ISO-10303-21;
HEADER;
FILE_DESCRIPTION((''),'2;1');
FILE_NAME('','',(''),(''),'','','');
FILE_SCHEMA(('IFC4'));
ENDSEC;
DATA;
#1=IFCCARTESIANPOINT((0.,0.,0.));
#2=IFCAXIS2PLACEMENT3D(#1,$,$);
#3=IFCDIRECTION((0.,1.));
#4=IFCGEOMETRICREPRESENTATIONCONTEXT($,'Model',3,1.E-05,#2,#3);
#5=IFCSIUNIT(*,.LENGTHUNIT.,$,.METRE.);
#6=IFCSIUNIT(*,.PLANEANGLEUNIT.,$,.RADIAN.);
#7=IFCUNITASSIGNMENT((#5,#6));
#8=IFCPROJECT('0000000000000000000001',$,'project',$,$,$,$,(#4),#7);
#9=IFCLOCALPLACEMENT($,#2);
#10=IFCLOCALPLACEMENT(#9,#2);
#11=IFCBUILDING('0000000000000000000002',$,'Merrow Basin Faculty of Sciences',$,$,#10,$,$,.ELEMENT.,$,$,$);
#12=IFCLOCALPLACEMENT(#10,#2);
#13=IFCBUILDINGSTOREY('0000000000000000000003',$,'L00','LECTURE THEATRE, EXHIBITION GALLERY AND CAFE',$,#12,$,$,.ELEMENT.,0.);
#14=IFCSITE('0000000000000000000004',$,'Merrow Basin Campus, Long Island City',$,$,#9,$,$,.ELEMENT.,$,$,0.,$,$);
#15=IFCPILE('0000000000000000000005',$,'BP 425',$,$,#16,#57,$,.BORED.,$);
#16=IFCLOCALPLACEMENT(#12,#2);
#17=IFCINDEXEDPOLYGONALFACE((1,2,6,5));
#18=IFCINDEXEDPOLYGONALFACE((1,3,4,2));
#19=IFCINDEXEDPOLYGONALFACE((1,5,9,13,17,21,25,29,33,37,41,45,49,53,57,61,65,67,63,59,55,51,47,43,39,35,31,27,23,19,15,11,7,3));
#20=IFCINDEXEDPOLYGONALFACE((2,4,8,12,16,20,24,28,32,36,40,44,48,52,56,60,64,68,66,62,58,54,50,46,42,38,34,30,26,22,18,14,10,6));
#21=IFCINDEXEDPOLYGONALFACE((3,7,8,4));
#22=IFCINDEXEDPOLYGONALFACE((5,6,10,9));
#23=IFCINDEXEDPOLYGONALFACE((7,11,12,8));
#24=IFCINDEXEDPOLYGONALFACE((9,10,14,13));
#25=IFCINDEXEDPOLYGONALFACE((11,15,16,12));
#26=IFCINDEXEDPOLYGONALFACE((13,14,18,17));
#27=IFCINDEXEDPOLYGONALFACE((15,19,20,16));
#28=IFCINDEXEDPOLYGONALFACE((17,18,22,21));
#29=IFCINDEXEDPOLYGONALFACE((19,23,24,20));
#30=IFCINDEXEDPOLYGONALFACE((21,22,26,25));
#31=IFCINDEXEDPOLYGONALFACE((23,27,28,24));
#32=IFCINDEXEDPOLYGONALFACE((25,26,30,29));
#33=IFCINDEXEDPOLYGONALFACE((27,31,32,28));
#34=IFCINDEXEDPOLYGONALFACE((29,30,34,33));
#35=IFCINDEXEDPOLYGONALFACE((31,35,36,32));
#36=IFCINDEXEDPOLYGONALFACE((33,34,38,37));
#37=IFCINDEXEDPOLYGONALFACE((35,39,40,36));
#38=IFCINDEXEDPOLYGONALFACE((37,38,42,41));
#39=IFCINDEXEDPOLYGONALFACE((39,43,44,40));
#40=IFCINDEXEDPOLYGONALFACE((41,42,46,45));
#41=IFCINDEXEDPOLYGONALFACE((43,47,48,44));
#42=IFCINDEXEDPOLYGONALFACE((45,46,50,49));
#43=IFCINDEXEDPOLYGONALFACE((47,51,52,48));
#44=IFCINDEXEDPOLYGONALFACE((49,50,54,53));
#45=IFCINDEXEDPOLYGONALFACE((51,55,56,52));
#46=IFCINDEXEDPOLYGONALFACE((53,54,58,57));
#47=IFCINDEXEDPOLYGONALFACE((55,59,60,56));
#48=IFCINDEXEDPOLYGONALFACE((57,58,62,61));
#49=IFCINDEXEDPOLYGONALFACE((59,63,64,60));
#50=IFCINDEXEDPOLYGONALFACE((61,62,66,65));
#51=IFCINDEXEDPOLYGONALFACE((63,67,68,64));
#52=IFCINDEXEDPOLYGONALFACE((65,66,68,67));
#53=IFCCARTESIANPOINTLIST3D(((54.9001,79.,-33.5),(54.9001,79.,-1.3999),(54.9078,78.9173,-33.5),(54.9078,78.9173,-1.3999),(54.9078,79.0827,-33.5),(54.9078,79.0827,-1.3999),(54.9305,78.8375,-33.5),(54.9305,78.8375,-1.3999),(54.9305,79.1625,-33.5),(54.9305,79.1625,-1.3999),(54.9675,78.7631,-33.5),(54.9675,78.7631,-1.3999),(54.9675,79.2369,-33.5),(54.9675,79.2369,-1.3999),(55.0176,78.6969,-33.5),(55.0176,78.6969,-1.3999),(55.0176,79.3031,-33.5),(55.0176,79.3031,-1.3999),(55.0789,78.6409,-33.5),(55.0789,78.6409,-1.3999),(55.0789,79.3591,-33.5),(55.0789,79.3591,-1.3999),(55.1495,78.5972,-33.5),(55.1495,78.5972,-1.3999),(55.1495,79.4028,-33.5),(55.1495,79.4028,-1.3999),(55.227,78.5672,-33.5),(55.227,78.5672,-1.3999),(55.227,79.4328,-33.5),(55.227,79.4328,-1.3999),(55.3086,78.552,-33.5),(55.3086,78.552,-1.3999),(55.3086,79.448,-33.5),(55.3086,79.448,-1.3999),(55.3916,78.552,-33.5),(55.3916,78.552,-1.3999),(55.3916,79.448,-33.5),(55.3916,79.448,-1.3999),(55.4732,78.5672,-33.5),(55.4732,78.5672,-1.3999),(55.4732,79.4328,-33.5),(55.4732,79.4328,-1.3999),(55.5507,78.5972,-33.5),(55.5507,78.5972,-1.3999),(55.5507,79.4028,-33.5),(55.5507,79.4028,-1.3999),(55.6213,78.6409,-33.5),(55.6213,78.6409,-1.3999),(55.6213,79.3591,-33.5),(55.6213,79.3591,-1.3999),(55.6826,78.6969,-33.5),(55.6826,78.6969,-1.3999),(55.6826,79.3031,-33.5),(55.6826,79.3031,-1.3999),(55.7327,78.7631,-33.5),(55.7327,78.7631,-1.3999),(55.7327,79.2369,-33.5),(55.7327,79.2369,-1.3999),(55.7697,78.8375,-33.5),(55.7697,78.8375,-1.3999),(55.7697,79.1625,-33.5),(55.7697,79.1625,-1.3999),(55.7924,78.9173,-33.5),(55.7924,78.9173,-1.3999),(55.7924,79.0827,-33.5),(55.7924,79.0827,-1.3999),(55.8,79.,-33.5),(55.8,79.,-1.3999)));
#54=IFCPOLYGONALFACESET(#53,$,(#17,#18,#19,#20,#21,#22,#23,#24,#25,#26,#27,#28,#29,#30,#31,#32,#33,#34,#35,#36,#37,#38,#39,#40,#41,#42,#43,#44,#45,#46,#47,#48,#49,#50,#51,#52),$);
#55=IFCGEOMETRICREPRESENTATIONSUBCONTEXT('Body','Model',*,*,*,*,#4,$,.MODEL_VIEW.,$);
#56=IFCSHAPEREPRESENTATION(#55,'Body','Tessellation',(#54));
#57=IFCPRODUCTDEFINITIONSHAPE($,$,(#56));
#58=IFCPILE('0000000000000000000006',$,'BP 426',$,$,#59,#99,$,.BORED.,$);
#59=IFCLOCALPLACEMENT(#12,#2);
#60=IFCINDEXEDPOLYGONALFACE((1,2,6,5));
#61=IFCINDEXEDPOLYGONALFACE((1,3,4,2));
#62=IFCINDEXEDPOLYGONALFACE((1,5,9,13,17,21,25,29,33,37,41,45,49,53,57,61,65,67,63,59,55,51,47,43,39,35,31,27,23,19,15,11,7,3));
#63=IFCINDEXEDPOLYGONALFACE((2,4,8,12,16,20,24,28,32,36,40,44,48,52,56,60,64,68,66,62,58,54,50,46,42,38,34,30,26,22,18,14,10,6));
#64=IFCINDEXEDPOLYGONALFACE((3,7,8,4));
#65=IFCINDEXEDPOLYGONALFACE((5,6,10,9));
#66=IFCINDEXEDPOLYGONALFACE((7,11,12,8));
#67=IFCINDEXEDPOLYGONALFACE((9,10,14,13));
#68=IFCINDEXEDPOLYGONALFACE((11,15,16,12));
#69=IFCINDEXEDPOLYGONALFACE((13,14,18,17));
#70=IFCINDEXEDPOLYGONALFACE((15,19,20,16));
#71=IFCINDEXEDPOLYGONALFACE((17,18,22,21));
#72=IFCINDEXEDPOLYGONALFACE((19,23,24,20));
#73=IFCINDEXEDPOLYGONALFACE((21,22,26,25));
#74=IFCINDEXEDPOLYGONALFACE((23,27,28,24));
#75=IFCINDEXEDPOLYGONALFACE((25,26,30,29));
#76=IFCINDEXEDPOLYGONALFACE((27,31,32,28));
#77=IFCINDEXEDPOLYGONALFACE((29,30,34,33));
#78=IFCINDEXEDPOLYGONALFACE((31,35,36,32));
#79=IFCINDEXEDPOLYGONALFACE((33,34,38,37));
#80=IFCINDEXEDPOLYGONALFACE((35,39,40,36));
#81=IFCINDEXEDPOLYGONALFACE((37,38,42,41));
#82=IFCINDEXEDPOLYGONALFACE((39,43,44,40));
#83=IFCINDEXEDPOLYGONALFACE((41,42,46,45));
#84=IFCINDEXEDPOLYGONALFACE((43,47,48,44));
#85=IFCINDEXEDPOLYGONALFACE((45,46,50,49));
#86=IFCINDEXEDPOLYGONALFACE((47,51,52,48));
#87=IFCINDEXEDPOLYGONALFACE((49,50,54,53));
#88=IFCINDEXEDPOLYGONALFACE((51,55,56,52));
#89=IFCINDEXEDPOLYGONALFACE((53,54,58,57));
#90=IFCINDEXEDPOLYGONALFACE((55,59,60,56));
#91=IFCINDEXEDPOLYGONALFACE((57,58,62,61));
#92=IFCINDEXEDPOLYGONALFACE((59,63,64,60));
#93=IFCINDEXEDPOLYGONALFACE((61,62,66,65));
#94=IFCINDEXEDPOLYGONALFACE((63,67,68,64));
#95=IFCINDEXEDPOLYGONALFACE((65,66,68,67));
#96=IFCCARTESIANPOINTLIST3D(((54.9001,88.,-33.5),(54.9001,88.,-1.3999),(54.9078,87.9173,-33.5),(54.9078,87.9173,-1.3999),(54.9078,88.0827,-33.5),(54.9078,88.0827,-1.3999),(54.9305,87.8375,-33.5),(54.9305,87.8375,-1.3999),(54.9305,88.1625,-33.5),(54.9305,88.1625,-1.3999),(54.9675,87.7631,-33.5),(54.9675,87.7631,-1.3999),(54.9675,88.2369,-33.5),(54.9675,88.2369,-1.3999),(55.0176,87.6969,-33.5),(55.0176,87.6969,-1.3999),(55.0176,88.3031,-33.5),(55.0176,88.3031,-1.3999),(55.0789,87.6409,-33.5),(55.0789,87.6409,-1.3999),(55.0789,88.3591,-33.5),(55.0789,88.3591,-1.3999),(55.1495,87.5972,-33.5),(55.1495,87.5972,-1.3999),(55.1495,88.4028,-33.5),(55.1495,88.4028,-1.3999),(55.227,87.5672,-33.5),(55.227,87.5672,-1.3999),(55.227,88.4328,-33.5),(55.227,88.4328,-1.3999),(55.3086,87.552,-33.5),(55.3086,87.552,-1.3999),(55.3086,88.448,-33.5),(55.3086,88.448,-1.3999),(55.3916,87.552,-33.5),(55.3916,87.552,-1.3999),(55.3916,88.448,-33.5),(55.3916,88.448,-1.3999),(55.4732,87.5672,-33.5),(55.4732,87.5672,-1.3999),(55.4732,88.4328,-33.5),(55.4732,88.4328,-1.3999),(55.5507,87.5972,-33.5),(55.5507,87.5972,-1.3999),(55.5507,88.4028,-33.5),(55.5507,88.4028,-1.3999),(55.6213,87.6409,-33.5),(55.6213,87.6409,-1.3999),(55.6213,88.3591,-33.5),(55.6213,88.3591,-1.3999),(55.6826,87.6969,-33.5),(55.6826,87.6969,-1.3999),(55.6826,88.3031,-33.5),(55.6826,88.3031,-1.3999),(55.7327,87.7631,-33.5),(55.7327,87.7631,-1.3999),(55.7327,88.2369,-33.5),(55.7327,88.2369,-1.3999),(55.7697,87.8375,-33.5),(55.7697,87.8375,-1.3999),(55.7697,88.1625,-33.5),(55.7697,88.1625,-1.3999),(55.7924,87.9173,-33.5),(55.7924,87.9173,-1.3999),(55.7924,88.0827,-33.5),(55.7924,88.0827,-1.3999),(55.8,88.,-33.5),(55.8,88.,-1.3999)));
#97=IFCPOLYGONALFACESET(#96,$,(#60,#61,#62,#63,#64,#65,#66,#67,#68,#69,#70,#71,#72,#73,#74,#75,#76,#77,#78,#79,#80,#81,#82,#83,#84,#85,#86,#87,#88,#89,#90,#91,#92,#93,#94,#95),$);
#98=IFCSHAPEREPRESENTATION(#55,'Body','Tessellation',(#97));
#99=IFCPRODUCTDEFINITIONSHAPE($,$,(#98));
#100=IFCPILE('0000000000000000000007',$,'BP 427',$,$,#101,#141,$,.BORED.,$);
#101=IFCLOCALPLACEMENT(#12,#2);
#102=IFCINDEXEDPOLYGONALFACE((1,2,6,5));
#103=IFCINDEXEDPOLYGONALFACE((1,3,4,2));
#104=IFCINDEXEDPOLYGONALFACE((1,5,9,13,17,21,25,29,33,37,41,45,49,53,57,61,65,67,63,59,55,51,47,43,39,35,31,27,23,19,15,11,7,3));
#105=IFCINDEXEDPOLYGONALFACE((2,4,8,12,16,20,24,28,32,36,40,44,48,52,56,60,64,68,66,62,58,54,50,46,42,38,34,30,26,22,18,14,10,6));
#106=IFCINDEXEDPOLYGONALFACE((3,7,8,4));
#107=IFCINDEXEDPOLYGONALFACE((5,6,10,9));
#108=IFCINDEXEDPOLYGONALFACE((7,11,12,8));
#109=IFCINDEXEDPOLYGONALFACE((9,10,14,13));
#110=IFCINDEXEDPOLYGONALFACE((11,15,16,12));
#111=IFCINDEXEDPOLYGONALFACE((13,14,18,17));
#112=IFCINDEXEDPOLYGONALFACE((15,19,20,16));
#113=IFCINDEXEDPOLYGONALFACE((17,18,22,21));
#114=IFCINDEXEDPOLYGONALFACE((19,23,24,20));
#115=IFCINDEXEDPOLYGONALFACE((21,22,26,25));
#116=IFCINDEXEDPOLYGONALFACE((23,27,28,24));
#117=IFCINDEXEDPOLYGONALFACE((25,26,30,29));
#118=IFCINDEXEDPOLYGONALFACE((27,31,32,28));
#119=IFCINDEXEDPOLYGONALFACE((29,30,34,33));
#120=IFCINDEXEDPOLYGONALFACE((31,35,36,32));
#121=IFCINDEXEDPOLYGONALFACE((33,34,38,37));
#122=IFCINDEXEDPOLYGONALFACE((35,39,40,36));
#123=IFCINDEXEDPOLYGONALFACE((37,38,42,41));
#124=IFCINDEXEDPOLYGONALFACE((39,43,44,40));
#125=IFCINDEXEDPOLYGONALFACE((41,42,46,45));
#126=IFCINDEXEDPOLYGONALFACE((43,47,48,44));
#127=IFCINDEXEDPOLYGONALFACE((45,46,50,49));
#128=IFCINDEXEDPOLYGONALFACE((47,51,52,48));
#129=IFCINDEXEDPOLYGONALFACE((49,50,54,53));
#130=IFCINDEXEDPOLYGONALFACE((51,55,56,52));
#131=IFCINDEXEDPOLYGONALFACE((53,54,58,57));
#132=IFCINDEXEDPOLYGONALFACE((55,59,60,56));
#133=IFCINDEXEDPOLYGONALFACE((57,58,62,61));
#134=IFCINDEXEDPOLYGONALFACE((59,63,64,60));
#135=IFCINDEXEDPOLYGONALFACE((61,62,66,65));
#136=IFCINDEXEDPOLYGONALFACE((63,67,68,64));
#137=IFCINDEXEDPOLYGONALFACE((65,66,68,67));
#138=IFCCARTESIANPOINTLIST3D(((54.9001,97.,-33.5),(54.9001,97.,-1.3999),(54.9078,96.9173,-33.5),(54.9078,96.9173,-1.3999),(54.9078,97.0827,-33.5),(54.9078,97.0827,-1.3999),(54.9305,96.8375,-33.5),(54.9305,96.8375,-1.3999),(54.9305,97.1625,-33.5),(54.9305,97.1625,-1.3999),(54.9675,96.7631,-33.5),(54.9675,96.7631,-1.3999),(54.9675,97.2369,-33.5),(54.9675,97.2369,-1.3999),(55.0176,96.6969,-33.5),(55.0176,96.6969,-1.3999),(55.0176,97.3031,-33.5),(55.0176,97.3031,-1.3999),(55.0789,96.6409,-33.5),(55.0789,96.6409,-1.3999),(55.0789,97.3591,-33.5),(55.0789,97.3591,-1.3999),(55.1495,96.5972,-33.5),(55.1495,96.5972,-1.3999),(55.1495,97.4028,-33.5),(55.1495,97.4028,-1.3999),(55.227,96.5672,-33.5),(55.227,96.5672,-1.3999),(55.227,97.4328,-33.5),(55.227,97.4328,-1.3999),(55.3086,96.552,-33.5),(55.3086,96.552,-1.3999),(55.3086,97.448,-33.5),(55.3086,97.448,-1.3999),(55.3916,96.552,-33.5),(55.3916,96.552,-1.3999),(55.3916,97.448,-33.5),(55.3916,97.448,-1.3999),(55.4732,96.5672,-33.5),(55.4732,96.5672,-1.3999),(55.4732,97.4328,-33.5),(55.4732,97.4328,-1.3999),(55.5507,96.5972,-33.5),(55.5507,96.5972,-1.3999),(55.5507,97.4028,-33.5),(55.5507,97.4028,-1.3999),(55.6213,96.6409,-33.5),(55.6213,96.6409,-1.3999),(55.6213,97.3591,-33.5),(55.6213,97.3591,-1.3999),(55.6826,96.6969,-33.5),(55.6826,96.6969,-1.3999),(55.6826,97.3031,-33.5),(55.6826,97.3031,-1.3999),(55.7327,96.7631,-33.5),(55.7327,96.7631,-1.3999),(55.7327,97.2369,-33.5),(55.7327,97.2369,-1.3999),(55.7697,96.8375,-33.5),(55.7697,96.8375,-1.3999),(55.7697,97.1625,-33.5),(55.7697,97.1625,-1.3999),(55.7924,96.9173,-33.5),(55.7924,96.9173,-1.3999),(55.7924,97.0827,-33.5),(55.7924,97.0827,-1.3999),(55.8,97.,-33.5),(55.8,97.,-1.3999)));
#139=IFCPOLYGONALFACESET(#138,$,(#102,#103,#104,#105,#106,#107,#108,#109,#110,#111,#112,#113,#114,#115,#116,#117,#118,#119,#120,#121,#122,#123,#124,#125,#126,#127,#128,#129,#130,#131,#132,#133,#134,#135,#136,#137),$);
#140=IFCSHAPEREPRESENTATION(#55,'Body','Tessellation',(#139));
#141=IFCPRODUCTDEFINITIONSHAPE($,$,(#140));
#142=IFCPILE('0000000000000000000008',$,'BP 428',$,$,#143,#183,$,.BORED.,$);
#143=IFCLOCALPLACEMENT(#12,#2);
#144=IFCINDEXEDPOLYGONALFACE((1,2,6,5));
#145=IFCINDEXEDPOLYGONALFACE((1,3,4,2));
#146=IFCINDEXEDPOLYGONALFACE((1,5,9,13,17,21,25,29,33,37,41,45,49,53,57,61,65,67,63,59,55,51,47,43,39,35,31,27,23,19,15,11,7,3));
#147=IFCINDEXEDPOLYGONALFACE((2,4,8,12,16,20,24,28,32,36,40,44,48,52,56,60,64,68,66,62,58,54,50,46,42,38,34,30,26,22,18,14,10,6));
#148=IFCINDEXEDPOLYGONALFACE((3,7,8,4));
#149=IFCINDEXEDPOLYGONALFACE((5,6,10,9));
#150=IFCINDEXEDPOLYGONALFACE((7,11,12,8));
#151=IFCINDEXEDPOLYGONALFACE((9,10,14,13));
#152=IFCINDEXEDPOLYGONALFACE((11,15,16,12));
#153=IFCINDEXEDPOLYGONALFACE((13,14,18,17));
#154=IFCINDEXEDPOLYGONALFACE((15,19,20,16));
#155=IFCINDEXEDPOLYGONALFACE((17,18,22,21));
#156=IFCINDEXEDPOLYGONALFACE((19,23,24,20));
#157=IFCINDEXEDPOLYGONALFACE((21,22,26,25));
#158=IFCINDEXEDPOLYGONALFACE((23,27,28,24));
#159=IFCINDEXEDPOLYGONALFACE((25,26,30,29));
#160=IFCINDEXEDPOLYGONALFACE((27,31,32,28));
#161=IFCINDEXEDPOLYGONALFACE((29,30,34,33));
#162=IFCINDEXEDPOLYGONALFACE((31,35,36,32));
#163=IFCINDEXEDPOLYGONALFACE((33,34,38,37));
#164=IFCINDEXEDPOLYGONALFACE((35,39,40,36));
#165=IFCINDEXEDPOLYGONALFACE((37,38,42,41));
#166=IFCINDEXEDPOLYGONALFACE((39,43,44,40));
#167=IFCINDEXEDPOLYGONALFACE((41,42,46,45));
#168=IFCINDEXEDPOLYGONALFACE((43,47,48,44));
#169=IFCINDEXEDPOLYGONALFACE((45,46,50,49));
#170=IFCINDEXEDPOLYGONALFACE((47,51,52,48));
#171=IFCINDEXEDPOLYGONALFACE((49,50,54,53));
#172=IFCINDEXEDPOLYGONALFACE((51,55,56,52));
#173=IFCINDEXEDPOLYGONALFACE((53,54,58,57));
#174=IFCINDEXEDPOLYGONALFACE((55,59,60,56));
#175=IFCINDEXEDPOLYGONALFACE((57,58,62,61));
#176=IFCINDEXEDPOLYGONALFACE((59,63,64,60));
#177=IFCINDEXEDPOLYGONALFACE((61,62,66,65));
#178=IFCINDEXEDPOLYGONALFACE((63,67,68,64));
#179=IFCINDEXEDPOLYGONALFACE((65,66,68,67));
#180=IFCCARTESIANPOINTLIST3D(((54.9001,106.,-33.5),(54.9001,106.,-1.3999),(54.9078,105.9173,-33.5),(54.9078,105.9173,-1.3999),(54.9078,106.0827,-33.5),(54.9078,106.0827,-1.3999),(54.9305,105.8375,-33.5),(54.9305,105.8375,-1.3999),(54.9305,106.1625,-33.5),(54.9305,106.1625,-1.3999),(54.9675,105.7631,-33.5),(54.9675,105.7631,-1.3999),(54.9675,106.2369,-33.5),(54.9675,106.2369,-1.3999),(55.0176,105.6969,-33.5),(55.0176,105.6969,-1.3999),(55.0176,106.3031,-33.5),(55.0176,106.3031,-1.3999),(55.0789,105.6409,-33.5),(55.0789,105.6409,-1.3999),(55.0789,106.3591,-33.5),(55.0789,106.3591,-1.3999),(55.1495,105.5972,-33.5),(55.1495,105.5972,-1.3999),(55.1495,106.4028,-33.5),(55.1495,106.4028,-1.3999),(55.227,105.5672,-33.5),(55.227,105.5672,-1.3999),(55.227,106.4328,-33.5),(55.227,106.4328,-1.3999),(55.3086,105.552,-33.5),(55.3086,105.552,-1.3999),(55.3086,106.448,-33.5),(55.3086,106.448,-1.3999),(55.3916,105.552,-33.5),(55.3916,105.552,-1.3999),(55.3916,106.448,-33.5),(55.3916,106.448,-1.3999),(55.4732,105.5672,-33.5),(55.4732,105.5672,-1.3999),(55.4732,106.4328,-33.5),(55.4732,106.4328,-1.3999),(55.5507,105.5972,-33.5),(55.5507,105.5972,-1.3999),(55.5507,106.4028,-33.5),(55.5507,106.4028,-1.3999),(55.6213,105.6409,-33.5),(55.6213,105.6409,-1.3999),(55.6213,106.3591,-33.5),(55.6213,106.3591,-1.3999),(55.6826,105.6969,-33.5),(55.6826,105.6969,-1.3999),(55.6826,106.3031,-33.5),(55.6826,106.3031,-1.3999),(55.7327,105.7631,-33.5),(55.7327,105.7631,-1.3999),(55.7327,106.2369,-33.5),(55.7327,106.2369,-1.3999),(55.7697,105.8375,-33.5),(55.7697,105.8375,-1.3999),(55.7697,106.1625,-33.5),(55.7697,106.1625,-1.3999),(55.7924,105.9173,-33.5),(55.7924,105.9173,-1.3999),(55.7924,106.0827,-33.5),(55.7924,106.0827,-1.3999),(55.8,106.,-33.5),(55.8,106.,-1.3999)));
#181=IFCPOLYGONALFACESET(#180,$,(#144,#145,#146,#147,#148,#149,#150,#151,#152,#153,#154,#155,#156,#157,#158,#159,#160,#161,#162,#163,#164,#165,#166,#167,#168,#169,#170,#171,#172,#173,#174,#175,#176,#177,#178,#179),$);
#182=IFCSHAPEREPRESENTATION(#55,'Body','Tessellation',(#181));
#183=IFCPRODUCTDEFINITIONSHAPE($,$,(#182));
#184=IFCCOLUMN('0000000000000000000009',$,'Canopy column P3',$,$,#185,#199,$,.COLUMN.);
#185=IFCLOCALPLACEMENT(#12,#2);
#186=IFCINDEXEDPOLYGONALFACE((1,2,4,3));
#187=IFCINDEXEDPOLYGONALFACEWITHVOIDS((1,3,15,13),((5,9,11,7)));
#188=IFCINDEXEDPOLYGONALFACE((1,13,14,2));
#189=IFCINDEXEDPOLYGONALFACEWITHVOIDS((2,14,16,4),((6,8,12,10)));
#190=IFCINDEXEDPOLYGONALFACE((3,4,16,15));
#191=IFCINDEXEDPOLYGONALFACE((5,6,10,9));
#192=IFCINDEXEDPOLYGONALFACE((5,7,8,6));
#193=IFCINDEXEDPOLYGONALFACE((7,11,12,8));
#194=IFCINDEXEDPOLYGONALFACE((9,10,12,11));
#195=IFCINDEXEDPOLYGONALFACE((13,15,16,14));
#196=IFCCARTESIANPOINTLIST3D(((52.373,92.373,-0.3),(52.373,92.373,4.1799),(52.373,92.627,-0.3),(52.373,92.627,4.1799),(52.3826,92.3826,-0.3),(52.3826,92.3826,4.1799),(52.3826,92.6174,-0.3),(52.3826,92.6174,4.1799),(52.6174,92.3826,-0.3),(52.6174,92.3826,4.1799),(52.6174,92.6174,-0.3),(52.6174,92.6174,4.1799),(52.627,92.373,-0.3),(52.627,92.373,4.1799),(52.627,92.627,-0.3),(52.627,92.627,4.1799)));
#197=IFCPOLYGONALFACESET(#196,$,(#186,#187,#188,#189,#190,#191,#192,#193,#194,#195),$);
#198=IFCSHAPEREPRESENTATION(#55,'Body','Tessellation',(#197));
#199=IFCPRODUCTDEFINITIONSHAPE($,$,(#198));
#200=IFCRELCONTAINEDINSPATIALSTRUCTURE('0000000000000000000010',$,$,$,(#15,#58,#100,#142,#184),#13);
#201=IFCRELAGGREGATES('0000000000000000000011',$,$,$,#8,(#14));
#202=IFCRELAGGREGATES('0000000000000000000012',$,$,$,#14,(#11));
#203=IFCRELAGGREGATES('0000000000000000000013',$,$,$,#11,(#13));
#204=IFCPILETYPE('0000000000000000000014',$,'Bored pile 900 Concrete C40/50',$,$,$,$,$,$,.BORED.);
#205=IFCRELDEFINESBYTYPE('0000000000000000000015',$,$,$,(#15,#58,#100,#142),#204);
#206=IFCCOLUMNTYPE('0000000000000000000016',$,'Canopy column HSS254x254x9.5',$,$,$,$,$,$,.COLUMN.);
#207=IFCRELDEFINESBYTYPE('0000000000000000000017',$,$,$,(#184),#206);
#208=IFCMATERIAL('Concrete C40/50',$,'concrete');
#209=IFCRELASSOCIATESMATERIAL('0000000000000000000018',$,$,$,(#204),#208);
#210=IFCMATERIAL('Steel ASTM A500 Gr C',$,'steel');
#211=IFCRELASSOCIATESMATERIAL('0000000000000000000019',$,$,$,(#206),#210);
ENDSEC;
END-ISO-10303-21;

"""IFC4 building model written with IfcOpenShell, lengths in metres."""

from ifc_helpers import new_model, si_unit, direction, frame, origin, origin_2d, place, context, subcontext, project, spatial, hollow_rectangle, circle, extrude, material, material_profile, profile_set, type_object, element, save


model = new_model("IFC4")

# Units and contexts
model_context = context("Model", 3, precision=1e-05, world=origin(), true_north=direction((0.0, 1.0)))
body_context = subcontext(model_context, "Body", "Model", "MODEL_VIEW")
ifc_project = project(units=[si_unit("LENGTHUNIT", "METRE"), si_unit("PLANEANGLEUNIT", "RADIAN")], contexts=[model_context])

# Site, building, storey
site_placement = place(None, origin())
site = spatial("IfcSite", under=ifc_project, at=site_placement, Name="Merrow Basin Campus, Long Island City", CompositionType="ELEMENT", RefElevation=0.0)
building_placement = place(site_placement, origin())
building = spatial("IfcBuilding", under=site, at=building_placement, Name="Merrow Basin Faculty of Sciences", CompositionType="ELEMENT")
storey_placement = place(building_placement, origin())
storey = spatial("IfcBuildingStorey", under=building, at=storey_placement, Name="L00", Description="LECTURE THEATRE, EXHIBITION GALLERY AND CAFE", CompositionType="ELEMENT", Elevation=0.0)

# Piles
ifc_material_1 = material(Name="Concrete C40/50", Category="concrete")
ifc_material_profile_1 = material_profile(ifc_material_1, circle(Radius=0.45, at=origin_2d()))
ifc_profile_set_1 = profile_set([ifc_material_profile_1], Name="Concrete C40/50")
pile_type_1 = type_object("IfcPileType", Name="Bored pile 900 Concrete C40/50", PredefinedType="BORED", material=ifc_profile_set_1)
for number, where, z_axis, x_axis, name in (
    (1, (55.3501, 79.0, -1.3999), (0.0, 0.0, -1.0), (1.0, 0.0, 0.0), "BP 425"),
    (2, (55.3501, 88.0, -1.3999), (0.0, 0.0, -1.0), (1.0, 0.0, 0.0), "BP 426"),
    (3, (55.3501, 97.0, -1.3999), (0.0, 0.0, -1.0), (1.0, 0.0, 0.0), "BP 427"),
    (4, (55.3501, 106.0, -1.3999), (0.0, 0.0, -1.0), (1.0, 0.0, 0.0), "BP 428"),
):
    element("IfcPile", number, at=place(storey_placement, frame(where, z_axis=z_axis, x_axis=x_axis)), inside=storey, type_object=pile_type_1, Name=name, PredefinedType="BORED", context=body_context, shape_type="SweptSolid", body=[
        extrude(circle(Radius=0.45, at=origin_2d()), origin(), (0.0, 0.0, 1.0), 32.1001),
    ])

# Column
ifc_material_2 = material(Name="Steel ASTM A500 Gr C", Category="steel")
ifc_material_profile_2 = material_profile(ifc_material_2, hollow_rectangle(XDim=0.2539, YDim=0.2539, WallThickness=0.0095, at=origin_2d()))
ifc_profile_set_2 = profile_set([ifc_material_profile_2], Name="Steel ASTM A500 Gr C")
column_type_1 = type_object("IfcColumnType", Name="Canopy column HSS254x254x9.5", PredefinedType="COLUMN", material=ifc_profile_set_2)
for number, where, z_axis, x_axis, name in (
    (5, (52.5, 92.5, -0.3), (0.0, 0.0, 1.0), (1.0, 0.0, 0.0), "Canopy column P3"),
):
    element("IfcColumn", number, at=place(storey_placement, frame(where, z_axis=z_axis, x_axis=x_axis)), inside=storey, type_object=column_type_1, Name=name, PredefinedType="COLUMN", context=body_context, shape_type="SweptSolid", body=[
        extrude(hollow_rectangle(XDim=0.2539, YDim=0.2539, WallThickness=0.0095, at=origin_2d()), origin(), (0.0, 0.0, 1.0), 4.48),
    ])

save(model, "model.ifc")
